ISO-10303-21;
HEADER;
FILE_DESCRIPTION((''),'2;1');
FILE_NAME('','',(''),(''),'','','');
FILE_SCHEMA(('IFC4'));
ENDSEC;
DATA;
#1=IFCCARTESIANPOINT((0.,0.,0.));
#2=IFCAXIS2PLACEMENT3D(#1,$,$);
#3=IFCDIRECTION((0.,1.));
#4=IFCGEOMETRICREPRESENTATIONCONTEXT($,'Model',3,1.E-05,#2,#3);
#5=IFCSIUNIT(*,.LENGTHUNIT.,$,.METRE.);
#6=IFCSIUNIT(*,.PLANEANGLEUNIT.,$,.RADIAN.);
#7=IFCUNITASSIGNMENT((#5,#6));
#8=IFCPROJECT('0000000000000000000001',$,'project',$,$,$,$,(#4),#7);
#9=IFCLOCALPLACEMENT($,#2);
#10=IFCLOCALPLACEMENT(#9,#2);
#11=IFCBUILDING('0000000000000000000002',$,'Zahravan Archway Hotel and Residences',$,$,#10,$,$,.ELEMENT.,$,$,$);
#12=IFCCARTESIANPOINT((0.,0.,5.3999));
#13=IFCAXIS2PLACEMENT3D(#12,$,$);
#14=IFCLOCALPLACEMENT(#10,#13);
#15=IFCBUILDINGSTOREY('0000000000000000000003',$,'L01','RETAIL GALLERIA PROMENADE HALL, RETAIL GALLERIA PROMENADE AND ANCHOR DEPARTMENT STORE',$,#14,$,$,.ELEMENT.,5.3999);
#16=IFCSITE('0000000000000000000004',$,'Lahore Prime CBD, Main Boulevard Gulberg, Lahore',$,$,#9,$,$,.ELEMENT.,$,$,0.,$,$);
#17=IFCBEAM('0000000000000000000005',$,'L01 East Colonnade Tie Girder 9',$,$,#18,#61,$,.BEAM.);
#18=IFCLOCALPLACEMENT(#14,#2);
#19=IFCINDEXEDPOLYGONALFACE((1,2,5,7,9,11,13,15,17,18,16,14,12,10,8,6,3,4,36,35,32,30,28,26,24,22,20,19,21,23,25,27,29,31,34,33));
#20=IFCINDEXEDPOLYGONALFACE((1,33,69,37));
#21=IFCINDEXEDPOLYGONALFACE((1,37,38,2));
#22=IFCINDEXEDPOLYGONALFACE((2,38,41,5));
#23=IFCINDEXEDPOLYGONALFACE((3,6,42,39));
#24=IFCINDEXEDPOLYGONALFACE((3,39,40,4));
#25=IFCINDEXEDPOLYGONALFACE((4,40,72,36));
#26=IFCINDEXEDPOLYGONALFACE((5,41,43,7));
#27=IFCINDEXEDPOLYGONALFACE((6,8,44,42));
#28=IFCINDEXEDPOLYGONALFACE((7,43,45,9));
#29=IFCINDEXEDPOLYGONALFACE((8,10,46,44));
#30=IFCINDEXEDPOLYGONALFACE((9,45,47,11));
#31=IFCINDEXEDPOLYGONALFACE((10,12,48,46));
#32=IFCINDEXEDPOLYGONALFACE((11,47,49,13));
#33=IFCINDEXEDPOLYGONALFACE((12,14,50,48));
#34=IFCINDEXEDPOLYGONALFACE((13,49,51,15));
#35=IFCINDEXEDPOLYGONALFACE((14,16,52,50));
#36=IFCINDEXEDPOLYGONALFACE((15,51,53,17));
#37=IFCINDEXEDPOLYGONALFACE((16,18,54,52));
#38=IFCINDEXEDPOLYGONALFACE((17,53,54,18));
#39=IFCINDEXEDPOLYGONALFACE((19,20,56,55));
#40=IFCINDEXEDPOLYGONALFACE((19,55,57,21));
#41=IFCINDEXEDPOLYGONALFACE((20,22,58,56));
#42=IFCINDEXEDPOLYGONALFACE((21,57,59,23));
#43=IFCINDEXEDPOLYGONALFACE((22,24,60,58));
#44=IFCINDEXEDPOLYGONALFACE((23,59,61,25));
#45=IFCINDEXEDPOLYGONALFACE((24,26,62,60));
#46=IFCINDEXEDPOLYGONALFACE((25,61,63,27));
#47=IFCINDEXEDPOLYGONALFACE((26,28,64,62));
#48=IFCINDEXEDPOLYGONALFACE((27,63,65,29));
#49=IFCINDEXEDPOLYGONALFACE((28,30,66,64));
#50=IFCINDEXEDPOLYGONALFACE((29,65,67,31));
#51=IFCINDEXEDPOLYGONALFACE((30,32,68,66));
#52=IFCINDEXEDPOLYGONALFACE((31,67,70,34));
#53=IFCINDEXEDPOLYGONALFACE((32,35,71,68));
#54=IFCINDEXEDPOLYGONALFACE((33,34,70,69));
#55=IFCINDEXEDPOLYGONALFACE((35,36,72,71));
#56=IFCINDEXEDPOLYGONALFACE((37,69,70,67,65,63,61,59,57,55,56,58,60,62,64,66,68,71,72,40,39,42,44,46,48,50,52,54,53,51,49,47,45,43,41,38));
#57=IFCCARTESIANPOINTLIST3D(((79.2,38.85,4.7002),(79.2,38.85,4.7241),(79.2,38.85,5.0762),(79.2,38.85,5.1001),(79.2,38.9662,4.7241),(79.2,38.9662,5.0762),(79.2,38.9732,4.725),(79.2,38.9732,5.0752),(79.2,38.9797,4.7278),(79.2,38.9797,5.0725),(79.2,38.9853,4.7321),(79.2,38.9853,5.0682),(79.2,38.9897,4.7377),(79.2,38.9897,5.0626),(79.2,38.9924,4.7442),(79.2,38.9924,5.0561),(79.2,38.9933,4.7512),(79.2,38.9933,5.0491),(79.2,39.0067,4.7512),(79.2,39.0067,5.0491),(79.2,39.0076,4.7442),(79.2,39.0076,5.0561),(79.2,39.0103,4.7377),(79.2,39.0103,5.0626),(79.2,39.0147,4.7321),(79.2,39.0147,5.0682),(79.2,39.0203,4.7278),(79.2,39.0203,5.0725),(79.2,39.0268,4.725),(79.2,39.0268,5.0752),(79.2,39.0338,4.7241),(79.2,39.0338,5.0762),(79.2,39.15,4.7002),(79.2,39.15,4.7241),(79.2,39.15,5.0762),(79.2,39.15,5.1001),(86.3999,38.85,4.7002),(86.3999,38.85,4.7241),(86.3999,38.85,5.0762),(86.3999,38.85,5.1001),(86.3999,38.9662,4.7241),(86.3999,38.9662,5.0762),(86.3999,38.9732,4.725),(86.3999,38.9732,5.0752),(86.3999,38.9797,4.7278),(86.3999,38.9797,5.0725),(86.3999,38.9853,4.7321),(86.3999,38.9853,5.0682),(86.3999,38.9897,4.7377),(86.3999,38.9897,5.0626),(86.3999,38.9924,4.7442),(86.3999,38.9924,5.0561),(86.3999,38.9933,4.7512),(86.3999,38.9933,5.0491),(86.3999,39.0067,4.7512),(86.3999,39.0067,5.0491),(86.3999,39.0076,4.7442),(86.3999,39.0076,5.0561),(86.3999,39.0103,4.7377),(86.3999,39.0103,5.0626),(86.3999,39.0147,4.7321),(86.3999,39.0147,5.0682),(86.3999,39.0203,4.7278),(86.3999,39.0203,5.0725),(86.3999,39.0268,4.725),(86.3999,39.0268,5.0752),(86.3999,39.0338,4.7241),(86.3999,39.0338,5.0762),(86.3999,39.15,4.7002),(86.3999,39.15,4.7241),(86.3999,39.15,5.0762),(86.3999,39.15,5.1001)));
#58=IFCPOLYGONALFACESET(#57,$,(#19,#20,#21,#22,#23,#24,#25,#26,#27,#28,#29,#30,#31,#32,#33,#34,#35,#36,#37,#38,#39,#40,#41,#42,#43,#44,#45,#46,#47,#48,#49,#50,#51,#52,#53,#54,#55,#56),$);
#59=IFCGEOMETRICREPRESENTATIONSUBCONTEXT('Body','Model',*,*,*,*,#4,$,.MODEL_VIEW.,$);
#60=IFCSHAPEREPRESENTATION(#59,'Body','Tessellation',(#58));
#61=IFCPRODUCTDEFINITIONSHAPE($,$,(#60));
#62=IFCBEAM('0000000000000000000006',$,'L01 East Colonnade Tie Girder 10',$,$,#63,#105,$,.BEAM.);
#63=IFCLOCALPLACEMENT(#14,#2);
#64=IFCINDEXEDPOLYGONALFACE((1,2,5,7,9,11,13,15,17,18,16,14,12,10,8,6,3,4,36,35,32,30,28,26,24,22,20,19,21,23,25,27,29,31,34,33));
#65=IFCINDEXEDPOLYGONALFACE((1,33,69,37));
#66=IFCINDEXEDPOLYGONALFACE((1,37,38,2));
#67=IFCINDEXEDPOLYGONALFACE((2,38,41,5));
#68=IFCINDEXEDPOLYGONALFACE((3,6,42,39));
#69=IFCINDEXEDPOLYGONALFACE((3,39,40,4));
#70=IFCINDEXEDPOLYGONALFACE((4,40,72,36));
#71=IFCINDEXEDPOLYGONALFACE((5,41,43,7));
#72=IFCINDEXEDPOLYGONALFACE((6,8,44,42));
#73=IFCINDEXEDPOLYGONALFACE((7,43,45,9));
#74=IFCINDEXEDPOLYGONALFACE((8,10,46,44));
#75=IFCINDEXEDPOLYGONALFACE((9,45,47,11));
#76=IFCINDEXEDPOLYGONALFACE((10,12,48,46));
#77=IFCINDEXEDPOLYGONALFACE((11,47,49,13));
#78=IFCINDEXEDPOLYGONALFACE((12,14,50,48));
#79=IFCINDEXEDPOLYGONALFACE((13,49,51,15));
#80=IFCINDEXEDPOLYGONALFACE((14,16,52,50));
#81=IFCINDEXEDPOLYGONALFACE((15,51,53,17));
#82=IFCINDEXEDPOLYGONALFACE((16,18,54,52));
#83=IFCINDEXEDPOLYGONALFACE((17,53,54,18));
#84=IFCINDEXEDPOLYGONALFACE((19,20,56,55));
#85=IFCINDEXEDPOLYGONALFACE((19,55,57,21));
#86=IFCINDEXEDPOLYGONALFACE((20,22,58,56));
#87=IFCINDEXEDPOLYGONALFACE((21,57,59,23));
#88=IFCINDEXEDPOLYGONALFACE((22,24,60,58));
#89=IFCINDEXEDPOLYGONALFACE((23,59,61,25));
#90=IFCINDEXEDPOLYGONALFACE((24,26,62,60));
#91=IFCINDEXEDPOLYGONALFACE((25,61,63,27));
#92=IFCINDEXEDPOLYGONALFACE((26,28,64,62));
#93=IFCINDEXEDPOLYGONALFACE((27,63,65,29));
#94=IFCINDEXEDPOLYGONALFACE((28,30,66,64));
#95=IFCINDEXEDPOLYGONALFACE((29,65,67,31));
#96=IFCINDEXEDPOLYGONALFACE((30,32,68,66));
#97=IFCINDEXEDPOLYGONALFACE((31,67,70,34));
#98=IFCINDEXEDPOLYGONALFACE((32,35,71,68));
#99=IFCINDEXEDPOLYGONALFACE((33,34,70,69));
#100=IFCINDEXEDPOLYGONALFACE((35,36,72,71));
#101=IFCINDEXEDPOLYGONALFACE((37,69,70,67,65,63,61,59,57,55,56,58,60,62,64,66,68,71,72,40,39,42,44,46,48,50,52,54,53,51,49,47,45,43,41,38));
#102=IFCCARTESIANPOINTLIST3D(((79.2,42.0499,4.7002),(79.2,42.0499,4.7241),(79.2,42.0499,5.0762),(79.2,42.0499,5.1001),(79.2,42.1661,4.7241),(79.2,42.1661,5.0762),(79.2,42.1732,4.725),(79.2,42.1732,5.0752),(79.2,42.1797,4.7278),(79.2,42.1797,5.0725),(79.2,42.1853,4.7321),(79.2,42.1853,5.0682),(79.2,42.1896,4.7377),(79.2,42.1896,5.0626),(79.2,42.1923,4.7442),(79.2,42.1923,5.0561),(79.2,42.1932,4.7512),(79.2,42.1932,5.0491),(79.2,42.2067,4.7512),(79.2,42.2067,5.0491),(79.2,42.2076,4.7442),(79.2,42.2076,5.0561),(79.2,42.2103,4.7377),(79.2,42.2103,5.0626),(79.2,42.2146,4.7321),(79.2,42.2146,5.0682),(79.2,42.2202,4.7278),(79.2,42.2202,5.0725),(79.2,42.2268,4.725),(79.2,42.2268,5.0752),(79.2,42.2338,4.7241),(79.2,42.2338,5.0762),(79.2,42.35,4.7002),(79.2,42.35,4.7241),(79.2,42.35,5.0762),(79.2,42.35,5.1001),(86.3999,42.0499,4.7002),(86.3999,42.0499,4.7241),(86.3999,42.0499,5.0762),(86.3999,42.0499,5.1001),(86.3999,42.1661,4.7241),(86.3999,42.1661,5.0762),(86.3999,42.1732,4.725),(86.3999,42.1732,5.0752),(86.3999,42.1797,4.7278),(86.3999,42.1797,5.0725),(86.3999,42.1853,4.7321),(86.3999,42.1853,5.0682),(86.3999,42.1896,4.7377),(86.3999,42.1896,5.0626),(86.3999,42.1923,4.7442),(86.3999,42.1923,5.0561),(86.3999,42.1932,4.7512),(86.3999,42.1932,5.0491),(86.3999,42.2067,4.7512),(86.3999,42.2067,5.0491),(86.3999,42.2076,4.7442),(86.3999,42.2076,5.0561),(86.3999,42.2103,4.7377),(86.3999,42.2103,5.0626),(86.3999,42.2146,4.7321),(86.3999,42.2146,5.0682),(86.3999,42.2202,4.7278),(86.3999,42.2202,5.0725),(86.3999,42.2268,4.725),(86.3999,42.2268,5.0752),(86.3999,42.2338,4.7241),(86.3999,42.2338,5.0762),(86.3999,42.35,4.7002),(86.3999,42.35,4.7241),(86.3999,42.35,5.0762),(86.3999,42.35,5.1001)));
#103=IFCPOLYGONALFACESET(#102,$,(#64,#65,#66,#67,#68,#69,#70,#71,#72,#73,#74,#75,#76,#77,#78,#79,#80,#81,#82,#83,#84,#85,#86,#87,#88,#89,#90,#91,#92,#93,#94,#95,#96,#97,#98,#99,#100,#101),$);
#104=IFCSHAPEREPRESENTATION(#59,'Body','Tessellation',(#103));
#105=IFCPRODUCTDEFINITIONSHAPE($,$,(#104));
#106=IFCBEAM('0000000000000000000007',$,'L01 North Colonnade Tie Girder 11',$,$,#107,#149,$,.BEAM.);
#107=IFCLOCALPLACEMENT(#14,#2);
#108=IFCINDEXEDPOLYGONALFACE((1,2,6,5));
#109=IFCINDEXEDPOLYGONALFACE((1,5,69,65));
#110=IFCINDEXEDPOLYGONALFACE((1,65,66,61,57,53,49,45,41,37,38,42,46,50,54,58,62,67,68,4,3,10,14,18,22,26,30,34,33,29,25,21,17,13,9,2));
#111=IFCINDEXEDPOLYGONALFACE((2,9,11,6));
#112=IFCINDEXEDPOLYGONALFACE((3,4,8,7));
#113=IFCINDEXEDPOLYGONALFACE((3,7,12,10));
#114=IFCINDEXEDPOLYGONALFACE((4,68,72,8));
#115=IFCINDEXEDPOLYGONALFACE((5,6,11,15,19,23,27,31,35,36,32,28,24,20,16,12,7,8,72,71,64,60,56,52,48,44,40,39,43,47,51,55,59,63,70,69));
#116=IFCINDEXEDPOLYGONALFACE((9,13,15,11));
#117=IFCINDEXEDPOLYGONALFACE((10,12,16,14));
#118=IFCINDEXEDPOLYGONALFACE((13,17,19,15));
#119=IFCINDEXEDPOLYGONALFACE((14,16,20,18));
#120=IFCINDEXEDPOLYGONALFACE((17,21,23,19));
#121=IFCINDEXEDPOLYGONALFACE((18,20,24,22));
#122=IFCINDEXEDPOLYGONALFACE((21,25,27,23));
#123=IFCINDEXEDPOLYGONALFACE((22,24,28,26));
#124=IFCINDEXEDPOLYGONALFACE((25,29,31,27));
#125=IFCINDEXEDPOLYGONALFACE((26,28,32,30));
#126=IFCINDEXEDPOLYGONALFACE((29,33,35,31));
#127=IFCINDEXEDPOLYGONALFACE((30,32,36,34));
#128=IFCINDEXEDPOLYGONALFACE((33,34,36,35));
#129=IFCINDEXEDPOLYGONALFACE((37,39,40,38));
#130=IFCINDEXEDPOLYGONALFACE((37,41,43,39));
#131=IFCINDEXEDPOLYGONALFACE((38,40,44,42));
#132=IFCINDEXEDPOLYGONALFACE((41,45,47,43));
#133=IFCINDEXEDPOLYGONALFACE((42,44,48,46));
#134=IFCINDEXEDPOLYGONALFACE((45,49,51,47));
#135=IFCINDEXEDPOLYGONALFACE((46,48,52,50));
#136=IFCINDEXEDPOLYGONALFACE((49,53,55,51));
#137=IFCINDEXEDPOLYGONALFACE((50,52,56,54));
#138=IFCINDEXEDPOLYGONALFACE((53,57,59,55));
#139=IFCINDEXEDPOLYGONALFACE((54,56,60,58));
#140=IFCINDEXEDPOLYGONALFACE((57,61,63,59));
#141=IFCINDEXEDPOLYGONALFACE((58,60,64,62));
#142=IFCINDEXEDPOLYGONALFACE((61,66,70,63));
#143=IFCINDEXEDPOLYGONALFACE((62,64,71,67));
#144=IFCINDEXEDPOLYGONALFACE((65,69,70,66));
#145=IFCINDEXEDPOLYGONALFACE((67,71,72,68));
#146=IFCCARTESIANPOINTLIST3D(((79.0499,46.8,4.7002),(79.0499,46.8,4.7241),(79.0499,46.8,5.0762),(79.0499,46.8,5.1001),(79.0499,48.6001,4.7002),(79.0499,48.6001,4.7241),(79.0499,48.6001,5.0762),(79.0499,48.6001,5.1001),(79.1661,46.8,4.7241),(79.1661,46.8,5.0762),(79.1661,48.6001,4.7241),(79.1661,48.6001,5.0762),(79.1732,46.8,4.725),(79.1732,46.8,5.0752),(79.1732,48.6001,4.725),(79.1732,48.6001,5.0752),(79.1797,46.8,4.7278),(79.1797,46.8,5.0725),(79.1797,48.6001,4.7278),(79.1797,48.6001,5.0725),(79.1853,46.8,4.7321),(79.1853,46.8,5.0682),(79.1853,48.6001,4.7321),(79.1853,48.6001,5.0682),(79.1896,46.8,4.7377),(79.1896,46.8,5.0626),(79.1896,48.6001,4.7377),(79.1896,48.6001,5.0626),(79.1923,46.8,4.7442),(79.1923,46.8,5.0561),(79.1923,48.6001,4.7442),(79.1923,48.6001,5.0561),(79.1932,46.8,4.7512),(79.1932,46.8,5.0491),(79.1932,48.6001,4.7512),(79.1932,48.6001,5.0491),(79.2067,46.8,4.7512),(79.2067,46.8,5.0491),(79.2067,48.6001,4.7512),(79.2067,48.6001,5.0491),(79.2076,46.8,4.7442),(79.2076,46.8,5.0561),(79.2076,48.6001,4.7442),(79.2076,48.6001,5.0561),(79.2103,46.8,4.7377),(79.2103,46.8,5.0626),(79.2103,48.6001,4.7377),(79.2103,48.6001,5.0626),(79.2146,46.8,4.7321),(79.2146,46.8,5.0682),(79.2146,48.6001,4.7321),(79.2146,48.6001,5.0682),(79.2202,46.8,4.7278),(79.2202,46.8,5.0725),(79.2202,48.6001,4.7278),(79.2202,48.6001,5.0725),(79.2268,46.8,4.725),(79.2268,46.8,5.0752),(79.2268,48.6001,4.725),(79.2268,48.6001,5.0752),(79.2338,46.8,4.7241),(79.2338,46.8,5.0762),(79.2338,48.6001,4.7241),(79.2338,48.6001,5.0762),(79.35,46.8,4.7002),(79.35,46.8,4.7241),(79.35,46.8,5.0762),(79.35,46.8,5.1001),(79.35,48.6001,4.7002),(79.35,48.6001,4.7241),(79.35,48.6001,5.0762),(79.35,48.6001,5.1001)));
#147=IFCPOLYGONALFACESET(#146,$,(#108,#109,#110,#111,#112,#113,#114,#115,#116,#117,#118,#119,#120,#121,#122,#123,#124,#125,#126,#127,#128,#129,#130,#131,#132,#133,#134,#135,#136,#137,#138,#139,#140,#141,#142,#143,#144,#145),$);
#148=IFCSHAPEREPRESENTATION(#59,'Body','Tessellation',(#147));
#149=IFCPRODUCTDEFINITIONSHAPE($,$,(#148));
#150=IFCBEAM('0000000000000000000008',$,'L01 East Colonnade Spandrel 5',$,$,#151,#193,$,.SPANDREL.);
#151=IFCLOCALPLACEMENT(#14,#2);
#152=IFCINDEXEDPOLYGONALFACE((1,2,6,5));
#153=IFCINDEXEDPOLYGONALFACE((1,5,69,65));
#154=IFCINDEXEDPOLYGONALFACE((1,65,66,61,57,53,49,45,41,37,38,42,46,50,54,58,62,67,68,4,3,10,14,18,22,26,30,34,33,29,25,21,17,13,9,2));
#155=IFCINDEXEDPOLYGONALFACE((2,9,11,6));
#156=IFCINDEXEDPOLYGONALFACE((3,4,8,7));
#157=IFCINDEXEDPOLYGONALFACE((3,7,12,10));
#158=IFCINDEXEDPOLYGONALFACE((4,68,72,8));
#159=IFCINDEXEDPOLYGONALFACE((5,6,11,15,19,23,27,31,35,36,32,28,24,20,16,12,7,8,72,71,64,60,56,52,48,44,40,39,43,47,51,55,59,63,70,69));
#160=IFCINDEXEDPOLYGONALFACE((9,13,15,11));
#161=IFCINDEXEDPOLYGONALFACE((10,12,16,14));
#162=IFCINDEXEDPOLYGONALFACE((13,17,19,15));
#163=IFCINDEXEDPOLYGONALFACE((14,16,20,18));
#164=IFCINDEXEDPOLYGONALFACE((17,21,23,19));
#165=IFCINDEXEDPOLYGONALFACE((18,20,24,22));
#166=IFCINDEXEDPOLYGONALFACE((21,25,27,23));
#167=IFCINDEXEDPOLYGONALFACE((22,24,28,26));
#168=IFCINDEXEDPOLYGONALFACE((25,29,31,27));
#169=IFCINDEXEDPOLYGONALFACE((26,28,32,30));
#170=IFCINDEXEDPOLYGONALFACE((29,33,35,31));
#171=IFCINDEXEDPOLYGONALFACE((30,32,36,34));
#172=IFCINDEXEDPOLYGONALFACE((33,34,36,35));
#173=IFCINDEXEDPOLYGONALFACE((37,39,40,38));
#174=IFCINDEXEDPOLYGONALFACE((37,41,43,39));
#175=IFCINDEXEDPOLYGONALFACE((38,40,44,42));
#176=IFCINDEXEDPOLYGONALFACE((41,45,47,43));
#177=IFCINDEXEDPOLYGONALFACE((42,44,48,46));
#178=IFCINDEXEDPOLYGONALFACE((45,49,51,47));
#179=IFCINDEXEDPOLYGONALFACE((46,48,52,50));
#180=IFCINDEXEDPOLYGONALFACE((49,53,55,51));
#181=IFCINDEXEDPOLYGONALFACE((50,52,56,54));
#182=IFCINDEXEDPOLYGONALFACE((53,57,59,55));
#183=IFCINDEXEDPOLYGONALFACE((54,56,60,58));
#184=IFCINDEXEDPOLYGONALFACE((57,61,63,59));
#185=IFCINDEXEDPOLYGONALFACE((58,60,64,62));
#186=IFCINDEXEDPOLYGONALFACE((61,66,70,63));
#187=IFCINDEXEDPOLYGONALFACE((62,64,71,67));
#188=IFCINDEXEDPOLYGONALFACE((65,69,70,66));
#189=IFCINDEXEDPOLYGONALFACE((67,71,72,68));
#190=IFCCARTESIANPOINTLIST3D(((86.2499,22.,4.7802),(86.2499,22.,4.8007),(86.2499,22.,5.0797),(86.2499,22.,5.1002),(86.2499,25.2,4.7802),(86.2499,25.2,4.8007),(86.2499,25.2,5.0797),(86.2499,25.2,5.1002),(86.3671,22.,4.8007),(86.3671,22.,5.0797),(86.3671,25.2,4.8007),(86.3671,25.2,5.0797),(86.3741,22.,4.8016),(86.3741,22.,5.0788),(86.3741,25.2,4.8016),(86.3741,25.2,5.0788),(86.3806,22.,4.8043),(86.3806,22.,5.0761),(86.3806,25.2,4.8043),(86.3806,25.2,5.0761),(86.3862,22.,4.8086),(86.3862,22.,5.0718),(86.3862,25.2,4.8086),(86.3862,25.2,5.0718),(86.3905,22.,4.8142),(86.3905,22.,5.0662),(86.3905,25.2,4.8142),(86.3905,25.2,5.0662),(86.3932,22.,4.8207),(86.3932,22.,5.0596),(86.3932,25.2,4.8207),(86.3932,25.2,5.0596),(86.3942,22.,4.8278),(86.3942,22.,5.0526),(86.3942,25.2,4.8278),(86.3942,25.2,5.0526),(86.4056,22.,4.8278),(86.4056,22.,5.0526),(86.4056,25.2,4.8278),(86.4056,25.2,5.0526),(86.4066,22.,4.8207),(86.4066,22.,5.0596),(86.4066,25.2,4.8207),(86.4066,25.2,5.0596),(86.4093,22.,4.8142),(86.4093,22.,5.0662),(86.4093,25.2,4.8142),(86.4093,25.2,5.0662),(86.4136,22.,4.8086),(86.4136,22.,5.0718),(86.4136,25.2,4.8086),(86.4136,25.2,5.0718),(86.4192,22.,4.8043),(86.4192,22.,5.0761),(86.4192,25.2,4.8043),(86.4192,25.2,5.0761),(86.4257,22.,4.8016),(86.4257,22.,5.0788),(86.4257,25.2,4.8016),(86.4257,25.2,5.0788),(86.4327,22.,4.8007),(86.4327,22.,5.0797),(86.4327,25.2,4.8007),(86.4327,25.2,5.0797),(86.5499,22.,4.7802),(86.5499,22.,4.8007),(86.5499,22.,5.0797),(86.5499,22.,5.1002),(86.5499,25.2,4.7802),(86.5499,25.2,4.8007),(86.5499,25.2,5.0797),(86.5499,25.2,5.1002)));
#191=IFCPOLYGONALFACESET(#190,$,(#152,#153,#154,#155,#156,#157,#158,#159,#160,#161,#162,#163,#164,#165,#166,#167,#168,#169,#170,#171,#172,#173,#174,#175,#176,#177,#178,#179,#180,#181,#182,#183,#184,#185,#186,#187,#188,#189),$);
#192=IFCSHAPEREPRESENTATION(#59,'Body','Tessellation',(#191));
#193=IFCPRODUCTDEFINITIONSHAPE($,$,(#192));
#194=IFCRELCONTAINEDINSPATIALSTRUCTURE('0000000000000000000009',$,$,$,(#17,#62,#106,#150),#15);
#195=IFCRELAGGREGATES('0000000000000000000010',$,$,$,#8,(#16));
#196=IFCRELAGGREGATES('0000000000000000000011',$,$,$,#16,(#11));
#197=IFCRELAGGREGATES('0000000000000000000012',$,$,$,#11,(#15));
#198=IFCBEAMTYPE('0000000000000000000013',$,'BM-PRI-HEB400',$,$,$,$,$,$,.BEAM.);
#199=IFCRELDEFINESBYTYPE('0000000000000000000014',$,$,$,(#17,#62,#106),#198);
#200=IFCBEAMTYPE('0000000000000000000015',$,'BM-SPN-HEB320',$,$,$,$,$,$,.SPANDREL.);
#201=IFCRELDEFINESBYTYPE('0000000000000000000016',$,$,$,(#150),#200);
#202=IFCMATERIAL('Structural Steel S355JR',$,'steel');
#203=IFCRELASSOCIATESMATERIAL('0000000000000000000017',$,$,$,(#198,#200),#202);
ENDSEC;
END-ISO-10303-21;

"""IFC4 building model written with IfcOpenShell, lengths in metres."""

from ifc_helpers import new_model, si_unit, direction, frame, origin, origin_2d, place, context, subcontext, project, spatial, i_section, extrude, source, transform, mapped, material, material_profile, profile_set, type_object, type_shapes, element, save


model = new_model("IFC4")

# Units and contexts
model_context = context("Model", 3, precision=1e-05, world=origin(), true_north=direction((0.0, 1.0)))
body_context = subcontext(model_context, "Body", "Model", "MODEL_VIEW")
ifc_project = project(units=[si_unit("LENGTHUNIT", "METRE"), si_unit("PLANEANGLEUNIT", "RADIAN")], contexts=[model_context])

# Site, building, storey
site_placement = place(None, origin())
site = spatial("IfcSite", under=ifc_project, at=site_placement, Name="Lahore Prime CBD, Main Boulevard Gulberg, Lahore", CompositionType="ELEMENT", RefElevation=0.0)
building_placement = place(site_placement, origin())
building = spatial("IfcBuilding", under=site, at=building_placement, Name="Zahravan Archway Hotel and Residences", CompositionType="ELEMENT")
storey_placement = place(building_placement, frame((0.0, 0.0, 5.3999)))
storey = spatial("IfcBuildingStorey", under=building, at=storey_placement, Name="L01", Description="RETAIL GALLERIA PROMENADE HALL, RETAIL GALLERIA PROMENADE AND ANCHOR DEPARTMENT STORE", CompositionType="ELEMENT", Elevation=5.3999)

# Beams
ifc_material_1 = material(Name="Structural Steel S355JR", Category="steel")
ifc_material_profile_1 = material_profile(ifc_material_1, i_section(OverallWidth=0.3, OverallDepth=0.3999, WebThickness=0.0134, FlangeThickness=0.0239, FilletRadius=0.0271, at=origin_2d()), Name="HEB 400", Category="steel")
ifc_profile_set_1 = profile_set([ifc_material_profile_1], Name="Structural Steel S355JR")
beam_type_1 = type_object("IfcBeamType", Name="BM-PRI-HEB400", PredefinedType="BEAM", material=ifc_profile_set_1)
shared_shape_1 = source(origin(), body_context, "Body", "SweptSolid", [
    extrude(i_section(OverallWidth=0.3, OverallDepth=0.3999, WebThickness=0.0134, FlangeThickness=0.0239, FilletRadius=0.0271, at=origin_2d()), origin(), (0.0, 0.0, 1.0), 7.2),
])
type_shapes(beam_type_1, [shared_shape_1])
for number, where, z_axis, x_axis, name in (
    (1, (79.2, 39.0, 4.9001), (1.0, 0.0, 0.0), (0.0, 1.0, 0.0), "L01 East Colonnade Tie Girder 9"),
    (2, (79.2, 42.2, 4.9001), (1.0, 0.0, 0.0), (0.0, 1.0, 0.0), "L01 East Colonnade Tie Girder 10"),
):
    element("IfcBeam", number, at=place(storey_placement, frame(where, z_axis=z_axis, x_axis=x_axis)), inside=storey, type_object=beam_type_1, Name=name, PredefinedType="BEAM", context=body_context, shape_type="MappedRepresentation", body=[
        mapped(shared_shape_1, transform((0.0, 0.0, 0.0), scale=1.0)),
    ])
shared_shape_2 = source(origin(), body_context, "Body", "SweptSolid", [
    extrude(i_section(OverallWidth=0.3, OverallDepth=0.3999, WebThickness=0.0134, FlangeThickness=0.0239, FilletRadius=0.0271, at=origin_2d()), origin(), (0.0, 0.0, 1.0), 1.8),
])
beam_1_placement = place(storey_placement, frame((79.2, 46.8, 4.9001), z_axis=(0.0, 1.0, 0.0), x_axis=(-1.0, 0.0, 0.0)))
element("IfcBeam", 3, at=beam_1_placement, inside=storey, type_object=beam_type_1, Name="L01 North Colonnade Tie Girder 11", PredefinedType="BEAM", context=body_context, shape_type="MappedRepresentation", body=[
    mapped(shared_shape_2, transform((0.0, 0.0, 0.0), scale=1.0)),
])
ifc_material_profile_2 = material_profile(ifc_material_1, i_section(OverallWidth=0.3, OverallDepth=0.3201, WebThickness=0.0115, FlangeThickness=0.0205, FilletRadius=0.0271, at=origin_2d()), Name="HEB 320", Category="steel")
ifc_profile_set_2 = profile_set([ifc_material_profile_2], Name="Structural Steel S355JR")
beam_type_2 = type_object("IfcBeamType", Name="BM-SPN-HEB320", PredefinedType="SPANDREL", material=ifc_profile_set_2)
shared_shape_3 = source(origin(), body_context, "Body", "SweptSolid", [
    extrude(i_section(OverallWidth=0.3, OverallDepth=0.3201, WebThickness=0.0115, FlangeThickness=0.0205, FilletRadius=0.0271, at=origin_2d()), origin(), (0.0, 0.0, 1.0), 3.2),
])
for number, where, z_axis, x_axis, name in (
    (4, (86.3999, 22.0, 4.9402), (0.0, 1.0, 0.0), (-1.0, 0.0, 0.0), "L01 East Colonnade Spandrel 5"),
):
    element("IfcBeam", number, at=place(storey_placement, frame(where, z_axis=z_axis, x_axis=x_axis)), inside=storey, type_object=beam_type_2, Name=name, PredefinedType="SPANDREL", context=body_context, shape_type="MappedRepresentation", body=[
        mapped(shared_shape_3, transform((0.0, 0.0, 0.0), scale=1.0)),
    ])

save(model, "model.ifc")
